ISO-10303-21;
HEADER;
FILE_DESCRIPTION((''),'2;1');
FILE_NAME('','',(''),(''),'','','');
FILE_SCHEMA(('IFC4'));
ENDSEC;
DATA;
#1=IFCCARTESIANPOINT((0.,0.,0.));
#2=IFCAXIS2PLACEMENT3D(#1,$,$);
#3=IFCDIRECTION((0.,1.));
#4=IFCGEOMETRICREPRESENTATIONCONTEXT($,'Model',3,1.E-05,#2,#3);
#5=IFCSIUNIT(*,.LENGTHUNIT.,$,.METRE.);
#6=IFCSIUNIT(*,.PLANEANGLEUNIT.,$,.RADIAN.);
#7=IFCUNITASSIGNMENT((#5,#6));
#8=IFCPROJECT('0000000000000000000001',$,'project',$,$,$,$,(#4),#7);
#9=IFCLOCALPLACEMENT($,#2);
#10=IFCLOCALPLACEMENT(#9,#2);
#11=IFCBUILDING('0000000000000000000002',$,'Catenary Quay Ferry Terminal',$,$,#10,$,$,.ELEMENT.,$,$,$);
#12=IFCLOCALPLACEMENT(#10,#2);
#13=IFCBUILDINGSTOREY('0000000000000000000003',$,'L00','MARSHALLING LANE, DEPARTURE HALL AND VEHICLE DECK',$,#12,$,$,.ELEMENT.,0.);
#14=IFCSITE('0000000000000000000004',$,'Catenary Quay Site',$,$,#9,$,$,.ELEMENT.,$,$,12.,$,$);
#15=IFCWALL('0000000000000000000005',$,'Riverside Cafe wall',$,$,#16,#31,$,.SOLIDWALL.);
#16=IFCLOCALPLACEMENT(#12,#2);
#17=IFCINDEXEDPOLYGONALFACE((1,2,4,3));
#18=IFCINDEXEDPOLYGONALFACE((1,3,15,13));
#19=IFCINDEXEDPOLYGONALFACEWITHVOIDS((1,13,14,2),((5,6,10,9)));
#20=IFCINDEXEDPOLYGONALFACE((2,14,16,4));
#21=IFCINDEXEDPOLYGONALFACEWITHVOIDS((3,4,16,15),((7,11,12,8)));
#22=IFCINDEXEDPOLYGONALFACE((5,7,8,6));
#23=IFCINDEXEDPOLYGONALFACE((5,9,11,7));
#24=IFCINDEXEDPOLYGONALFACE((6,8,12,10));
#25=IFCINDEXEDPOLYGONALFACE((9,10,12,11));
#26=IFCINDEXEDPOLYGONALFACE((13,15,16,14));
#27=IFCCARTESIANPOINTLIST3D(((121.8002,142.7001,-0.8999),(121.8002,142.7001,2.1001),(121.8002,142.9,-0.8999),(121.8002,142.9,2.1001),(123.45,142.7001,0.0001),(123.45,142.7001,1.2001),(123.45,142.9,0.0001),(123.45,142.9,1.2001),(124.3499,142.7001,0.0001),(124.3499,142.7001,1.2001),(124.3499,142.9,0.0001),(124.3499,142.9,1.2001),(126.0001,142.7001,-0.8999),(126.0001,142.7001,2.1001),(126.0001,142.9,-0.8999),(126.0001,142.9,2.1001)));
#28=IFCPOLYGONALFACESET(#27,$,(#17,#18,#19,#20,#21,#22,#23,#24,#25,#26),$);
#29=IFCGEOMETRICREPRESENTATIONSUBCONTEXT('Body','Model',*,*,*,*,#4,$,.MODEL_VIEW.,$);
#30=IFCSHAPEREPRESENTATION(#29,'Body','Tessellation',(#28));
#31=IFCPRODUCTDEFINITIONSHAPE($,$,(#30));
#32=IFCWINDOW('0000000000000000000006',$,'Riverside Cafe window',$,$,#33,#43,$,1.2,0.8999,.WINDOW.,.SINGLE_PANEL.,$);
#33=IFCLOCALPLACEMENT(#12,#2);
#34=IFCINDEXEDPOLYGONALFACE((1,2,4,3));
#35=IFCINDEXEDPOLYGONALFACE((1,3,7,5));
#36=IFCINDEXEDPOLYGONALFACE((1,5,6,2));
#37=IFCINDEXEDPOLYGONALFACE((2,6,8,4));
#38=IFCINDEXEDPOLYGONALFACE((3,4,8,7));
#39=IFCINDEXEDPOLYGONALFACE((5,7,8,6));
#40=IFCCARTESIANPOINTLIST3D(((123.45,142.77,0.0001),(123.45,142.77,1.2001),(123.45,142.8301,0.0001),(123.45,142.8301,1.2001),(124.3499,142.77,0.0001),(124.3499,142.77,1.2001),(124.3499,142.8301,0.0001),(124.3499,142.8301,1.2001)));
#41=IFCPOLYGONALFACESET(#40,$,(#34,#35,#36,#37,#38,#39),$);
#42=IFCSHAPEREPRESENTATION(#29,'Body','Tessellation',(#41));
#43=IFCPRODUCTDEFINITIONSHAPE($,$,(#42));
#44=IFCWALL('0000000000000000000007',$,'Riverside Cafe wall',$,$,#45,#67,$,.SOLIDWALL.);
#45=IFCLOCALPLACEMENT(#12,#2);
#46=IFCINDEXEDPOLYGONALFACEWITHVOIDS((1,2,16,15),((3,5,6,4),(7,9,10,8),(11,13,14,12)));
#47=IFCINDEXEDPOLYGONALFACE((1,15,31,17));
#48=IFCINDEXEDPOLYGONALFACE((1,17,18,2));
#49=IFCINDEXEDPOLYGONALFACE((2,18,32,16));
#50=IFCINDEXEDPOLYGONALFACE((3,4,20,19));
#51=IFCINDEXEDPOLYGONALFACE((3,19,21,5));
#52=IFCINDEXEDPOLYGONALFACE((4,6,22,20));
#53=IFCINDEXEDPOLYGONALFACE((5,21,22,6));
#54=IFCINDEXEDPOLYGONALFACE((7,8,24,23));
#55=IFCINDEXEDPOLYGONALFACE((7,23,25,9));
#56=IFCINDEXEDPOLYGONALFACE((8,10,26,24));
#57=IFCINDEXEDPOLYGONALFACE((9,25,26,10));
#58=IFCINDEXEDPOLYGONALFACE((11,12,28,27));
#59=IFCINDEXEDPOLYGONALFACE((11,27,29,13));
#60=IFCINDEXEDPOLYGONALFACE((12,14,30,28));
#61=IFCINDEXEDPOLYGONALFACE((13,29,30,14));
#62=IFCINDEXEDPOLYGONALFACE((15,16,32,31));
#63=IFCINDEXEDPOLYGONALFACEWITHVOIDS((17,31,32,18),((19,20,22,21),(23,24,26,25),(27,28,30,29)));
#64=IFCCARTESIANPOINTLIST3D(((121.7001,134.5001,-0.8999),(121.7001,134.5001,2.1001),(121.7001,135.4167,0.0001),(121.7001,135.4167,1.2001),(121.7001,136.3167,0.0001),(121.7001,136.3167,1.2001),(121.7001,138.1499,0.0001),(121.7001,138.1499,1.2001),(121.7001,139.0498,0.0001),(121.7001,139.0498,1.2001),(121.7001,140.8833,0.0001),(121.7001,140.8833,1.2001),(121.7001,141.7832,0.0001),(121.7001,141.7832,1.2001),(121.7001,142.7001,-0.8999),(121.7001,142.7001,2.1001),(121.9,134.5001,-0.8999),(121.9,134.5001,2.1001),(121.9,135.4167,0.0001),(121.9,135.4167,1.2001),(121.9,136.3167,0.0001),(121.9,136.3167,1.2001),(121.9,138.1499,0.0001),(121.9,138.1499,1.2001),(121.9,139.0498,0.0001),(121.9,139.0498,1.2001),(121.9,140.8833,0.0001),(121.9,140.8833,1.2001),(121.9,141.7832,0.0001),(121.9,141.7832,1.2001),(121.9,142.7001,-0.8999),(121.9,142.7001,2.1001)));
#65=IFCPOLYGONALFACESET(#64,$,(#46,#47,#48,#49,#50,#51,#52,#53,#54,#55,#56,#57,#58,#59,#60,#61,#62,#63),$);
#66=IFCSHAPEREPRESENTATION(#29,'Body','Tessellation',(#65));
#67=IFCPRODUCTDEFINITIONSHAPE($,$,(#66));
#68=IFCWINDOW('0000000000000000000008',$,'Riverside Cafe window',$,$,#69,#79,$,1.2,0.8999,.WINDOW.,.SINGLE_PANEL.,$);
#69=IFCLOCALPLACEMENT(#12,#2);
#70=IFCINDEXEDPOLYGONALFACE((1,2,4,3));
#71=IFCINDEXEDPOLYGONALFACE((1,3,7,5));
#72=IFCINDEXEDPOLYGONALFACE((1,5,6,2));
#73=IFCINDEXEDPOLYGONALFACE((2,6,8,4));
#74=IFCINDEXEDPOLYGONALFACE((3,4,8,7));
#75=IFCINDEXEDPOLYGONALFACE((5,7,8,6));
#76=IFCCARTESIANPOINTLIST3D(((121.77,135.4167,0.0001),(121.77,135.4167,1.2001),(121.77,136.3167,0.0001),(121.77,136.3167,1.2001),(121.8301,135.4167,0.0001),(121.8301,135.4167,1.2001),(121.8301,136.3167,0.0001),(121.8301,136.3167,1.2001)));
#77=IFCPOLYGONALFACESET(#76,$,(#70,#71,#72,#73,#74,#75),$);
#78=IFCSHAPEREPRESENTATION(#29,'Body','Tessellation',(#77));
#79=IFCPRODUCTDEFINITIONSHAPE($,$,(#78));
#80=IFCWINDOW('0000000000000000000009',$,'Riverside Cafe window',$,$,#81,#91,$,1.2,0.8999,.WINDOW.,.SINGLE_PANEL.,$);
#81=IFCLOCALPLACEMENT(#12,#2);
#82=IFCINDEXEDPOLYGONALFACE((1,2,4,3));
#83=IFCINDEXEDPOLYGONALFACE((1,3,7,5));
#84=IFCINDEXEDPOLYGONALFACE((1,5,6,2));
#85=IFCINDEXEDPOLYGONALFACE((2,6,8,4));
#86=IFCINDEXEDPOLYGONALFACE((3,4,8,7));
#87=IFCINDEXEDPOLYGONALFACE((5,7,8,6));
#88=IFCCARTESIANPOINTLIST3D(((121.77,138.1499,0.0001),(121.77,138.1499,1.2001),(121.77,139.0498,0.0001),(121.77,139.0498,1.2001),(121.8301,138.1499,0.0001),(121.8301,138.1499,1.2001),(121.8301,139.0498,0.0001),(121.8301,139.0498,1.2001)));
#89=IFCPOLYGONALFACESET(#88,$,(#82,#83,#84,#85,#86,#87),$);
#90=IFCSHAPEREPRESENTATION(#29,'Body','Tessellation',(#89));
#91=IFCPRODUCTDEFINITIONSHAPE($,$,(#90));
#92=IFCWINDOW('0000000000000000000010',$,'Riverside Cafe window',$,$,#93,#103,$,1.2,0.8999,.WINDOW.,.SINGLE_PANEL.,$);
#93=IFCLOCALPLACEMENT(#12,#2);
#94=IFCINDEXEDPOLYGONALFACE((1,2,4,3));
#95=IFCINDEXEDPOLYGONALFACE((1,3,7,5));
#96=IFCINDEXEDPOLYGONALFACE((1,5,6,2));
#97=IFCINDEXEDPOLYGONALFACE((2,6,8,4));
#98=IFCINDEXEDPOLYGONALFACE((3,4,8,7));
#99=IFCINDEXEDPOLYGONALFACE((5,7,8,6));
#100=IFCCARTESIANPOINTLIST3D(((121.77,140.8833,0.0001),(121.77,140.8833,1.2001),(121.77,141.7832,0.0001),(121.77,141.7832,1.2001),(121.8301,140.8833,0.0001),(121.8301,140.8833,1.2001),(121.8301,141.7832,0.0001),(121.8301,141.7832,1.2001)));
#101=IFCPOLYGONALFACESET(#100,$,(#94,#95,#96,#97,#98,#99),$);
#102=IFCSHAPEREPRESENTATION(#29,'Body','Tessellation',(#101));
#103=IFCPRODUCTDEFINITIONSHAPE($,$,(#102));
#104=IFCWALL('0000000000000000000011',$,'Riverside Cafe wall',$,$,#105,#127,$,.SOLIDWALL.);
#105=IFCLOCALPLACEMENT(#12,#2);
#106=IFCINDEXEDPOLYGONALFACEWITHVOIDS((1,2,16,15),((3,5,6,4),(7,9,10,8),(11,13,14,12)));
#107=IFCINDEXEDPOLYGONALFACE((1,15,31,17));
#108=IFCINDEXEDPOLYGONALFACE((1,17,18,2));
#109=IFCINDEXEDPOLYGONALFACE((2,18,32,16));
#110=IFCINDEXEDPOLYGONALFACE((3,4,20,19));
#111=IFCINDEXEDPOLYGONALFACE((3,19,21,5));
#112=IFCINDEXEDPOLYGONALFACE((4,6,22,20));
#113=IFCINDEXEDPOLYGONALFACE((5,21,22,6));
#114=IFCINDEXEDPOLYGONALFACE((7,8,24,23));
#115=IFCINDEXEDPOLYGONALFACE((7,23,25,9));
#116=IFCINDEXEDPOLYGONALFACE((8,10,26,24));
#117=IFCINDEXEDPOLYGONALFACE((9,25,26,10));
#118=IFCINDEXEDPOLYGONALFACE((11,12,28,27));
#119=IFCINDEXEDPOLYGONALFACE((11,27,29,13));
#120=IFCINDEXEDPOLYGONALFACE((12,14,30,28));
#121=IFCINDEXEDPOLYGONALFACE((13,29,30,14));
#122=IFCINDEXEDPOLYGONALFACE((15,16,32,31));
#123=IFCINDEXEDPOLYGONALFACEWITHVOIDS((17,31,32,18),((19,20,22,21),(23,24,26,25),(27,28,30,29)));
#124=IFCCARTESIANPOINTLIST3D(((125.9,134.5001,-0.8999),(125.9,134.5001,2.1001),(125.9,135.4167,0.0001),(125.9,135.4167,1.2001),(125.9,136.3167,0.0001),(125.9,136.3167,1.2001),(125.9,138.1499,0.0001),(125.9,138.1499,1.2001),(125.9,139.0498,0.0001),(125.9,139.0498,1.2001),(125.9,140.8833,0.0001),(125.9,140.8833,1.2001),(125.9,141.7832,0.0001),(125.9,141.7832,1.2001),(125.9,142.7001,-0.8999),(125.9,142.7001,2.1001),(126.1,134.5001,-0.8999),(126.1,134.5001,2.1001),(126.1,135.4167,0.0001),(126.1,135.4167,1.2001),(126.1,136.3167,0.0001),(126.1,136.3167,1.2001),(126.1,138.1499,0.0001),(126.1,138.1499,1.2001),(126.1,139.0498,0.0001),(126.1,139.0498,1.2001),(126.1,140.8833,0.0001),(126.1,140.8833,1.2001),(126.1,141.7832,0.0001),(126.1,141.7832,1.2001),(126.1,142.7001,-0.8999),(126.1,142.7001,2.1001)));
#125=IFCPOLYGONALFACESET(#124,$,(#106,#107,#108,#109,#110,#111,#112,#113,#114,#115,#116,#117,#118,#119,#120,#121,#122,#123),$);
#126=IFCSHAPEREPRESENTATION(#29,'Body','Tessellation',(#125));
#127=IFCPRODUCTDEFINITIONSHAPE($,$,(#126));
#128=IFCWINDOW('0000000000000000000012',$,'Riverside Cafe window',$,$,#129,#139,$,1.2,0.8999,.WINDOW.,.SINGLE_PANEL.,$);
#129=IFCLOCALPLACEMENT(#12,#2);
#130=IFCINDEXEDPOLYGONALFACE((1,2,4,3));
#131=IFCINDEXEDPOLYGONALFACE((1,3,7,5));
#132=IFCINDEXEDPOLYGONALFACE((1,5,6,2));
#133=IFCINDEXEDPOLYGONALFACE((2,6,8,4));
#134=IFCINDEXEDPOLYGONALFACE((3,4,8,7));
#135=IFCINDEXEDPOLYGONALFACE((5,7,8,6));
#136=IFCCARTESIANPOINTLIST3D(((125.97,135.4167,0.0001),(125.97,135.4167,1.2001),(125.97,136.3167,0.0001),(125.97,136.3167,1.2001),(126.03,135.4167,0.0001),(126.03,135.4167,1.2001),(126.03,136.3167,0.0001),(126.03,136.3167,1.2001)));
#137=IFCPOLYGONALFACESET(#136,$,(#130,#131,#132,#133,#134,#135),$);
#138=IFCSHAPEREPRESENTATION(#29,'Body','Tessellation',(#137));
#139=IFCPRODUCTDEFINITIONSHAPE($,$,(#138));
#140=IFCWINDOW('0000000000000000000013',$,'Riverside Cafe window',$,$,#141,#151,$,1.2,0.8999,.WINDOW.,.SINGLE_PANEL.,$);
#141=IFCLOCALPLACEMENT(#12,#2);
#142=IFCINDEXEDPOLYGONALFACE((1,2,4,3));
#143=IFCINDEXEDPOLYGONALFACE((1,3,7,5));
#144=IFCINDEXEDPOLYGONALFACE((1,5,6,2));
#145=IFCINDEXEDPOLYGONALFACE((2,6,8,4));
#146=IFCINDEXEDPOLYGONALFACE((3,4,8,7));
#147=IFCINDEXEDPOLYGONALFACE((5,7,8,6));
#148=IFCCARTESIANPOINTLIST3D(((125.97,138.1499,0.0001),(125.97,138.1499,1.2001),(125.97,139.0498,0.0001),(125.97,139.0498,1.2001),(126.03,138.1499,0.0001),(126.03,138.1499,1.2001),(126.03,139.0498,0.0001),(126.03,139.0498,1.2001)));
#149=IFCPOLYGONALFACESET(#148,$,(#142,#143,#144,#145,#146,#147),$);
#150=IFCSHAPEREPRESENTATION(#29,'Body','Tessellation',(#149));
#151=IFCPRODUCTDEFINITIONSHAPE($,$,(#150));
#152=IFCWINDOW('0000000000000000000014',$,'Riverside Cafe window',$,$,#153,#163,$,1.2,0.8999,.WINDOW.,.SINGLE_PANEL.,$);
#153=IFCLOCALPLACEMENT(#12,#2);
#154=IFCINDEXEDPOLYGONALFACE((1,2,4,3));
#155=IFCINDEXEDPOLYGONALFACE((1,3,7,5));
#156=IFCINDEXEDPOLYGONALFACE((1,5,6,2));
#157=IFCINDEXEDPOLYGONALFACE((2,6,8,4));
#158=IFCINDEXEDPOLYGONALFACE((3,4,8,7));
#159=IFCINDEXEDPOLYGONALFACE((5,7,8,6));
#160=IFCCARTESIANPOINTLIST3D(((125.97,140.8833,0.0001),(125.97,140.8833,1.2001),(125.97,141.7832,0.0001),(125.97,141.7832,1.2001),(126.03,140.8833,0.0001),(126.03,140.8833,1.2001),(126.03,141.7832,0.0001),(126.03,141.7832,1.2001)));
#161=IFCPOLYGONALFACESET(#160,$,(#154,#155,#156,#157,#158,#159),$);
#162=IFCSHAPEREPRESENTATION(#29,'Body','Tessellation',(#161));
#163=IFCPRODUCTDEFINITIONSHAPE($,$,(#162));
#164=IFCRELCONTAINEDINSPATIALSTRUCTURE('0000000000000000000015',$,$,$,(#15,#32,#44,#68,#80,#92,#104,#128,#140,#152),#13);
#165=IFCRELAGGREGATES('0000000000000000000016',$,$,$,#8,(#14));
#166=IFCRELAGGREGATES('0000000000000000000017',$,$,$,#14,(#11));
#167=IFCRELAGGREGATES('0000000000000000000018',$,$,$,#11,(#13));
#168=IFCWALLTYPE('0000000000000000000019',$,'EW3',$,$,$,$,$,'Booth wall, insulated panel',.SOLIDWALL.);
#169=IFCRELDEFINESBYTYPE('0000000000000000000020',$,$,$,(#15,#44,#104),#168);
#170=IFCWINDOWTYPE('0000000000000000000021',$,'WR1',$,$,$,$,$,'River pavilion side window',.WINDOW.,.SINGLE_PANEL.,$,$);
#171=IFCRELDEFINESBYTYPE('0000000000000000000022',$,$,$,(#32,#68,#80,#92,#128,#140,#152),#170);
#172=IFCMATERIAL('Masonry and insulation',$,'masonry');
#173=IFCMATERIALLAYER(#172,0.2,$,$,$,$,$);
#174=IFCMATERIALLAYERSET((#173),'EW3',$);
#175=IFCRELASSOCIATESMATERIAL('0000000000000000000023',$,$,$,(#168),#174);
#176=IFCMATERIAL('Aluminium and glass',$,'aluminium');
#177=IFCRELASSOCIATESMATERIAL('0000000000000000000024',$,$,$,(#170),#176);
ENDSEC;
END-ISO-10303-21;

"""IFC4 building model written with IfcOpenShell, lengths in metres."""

from ifc_helpers import new_model, si_unit, direction, frame, frame_2d, origin, place, context, subcontext, project, spatial, rectangle, extrude, material, layer, layer_set, type_object, element, fill, save


model = new_model("IFC4")

# Units and contexts
model_context = context("Model", 3, precision=1e-05, world=origin(), true_north=direction((0.0, 1.0)))
body_context = subcontext(model_context, "Body", "Model", "MODEL_VIEW")
ifc_project = project(units=[si_unit("LENGTHUNIT", "METRE"), si_unit("PLANEANGLEUNIT", "RADIAN")], contexts=[model_context])

# Site, building, storey
site_placement = place(None, origin())
site = spatial("IfcSite", under=ifc_project, at=site_placement, Name="Catenary Quay Site", CompositionType="ELEMENT", RefElevation=12.0)
building_placement = place(site_placement, origin())
building = spatial("IfcBuilding", under=site, at=building_placement, Name="Catenary Quay Ferry Terminal", CompositionType="ELEMENT")
storey_placement = place(building_placement, origin())
storey = spatial("IfcBuildingStorey", under=building, at=storey_placement, Name="L00", Description="MARSHALLING LANE, DEPARTURE HALL AND VEHICLE DECK", CompositionType="ELEMENT", Elevation=0.0)

# Wall, opening, window
ifc_material_1 = material(Name="Masonry and insulation", Category="masonry")
ifc_layer_1 = layer(ifc_material_1, 0.2)
ifc_layer_set_1 = layer_set([ifc_layer_1], Name="EW3")
wall_type = type_object("IfcWallType", Name="EW3", ElementType="Booth wall, insulated panel", PredefinedType="SOLIDWALL", material=ifc_layer_set_1)
wall_1_placement = place(storey_placement, frame((121.8, 142.8, -0.8999), z_axis=(0.0, 0.0, 1.0), x_axis=(1.0, 0.0, 0.0)))
wall_1 = element("IfcWall", 1, at=wall_1_placement, inside=storey, type_object=wall_type, Name="Riverside Cafe wall", PredefinedType="SOLIDWALL", context=body_context, shape_type="SweptSolid", body=[
    extrude(rectangle(XDim=4.2, YDim=0.2, at=frame_2d((2.1001, 0.0))), origin(), (0.0, 0.0, 1.0), 3.0),
])
opening_1_placement = place(wall_1_placement, frame((1.6499, 0.0, 0.8999)))
opening_1 = element("IfcOpeningElement", 2, at=opening_1_placement, cuts=wall_1, PredefinedType="OPENING", context=body_context, shape_type="SweptSolid", body=[
    extrude(rectangle(XDim=0.8999, YDim=1.2, at=frame_2d((0.45, 0.6001))), frame((0.0, 0.1099, 0.0), z_axis=(0.0, -1.0, 0.0), x_axis=(1.0, 0.0, 0.0)), (0.0, 0.0, 1.0), 0.22),
])
ifc_material_2 = material(Name="Aluminium and glass", Category="aluminium")
window_type = type_object("IfcWindowType", Name="WR1", ElementType="River pavilion side window", PartitioningType="SINGLE_PANEL", PredefinedType="WINDOW", material=ifc_material_2)
window_1_placement = place(opening_1_placement, origin())
window_1 = element("IfcWindow", 3, at=window_1_placement, inside=storey, type_object=window_type, Name="Riverside Cafe window", OverallHeight=1.2, OverallWidth=0.8999, PartitioningType="SINGLE_PANEL", PredefinedType="WINDOW", context=body_context, shape_type="SweptSolid", body=[
    extrude(rectangle(XDim=0.8999, YDim=1.2, at=frame_2d((0.45, 0.6001))), frame((0.0, 0.03, 0.0), z_axis=(0.0, -1.0, 0.0), x_axis=(1.0, 0.0, 0.0)), (0.0, 0.0, 1.0), 0.0601),
])
fill(opening_1, window_1)

# Walls, openings, windows
wall_2_placement = place(storey_placement, frame((121.8, 134.5, -0.8999), z_axis=(0.0, 0.0, 1.0), x_axis=(0.0, 1.0, 0.0)))
wall_2 = element("IfcWall", 4, at=wall_2_placement, inside=storey, type_object=wall_type, Name="Riverside Cafe wall", PredefinedType="SOLIDWALL", context=body_context, shape_type="SweptSolid", body=[
    extrude(rectangle(XDim=8.2, YDim=0.2, at=frame_2d((4.1001, 0.0))), origin(), (0.0, 0.0, 1.0), 3.0),
])
opening_2_placement = place(wall_2_placement, frame((0.9167, 0.0, 0.8999)))
opening_2 = element("IfcOpeningElement", 5, at=opening_2_placement, cuts=wall_2, PredefinedType="OPENING", context=body_context, shape_type="SweptSolid", body=[
    extrude(rectangle(XDim=0.8999, YDim=1.2, at=frame_2d((0.45, 0.6001))), frame((0.0, 0.1099, 0.0), z_axis=(0.0, -1.0, 0.0), x_axis=(1.0, 0.0, 0.0)), (0.0, 0.0, 1.0), 0.22),
])
opening_3_placement = place(wall_2_placement, frame((3.6499, 0.0, 0.8999)))
opening_3 = element("IfcOpeningElement", 6, at=opening_3_placement, cuts=wall_2, PredefinedType="OPENING", context=body_context, shape_type="SweptSolid", body=[
    extrude(rectangle(XDim=0.8999, YDim=1.2, at=frame_2d((0.45, 0.6001))), frame((0.0, 0.1099, 0.0), z_axis=(0.0, -1.0, 0.0), x_axis=(1.0, 0.0, 0.0)), (0.0, 0.0, 1.0), 0.22),
])
opening_4_placement = place(wall_2_placement, frame((6.3833, 0.0, 0.8999)))
opening_4 = element("IfcOpeningElement", 7, at=opening_4_placement, cuts=wall_2, PredefinedType="OPENING", context=body_context, shape_type="SweptSolid", body=[
    extrude(rectangle(XDim=0.8999, YDim=1.2, at=frame_2d((0.45, 0.6001))), frame((0.0, 0.1099, 0.0), z_axis=(0.0, -1.0, 0.0), x_axis=(1.0, 0.0, 0.0)), (0.0, 0.0, 1.0), 0.22),
])
window_2_placement = place(opening_2_placement, origin())
window_2 = element("IfcWindow", 8, at=window_2_placement, inside=storey, type_object=window_type, Name="Riverside Cafe window", OverallHeight=1.2, OverallWidth=0.8999, PartitioningType="SINGLE_PANEL", PredefinedType="WINDOW", context=body_context, shape_type="SweptSolid", body=[
    extrude(rectangle(XDim=0.8999, YDim=1.2, at=frame_2d((0.45, 0.6001))), frame((0.0, 0.03, 0.0), z_axis=(0.0, -1.0, 0.0), x_axis=(1.0, 0.0, 0.0)), (0.0, 0.0, 1.0), 0.0601),
])
fill(opening_2, window_2)
window_3_placement = place(opening_3_placement, origin())
window_3 = element("IfcWindow", 9, at=window_3_placement, inside=storey, type_object=window_type, Name="Riverside Cafe window", OverallHeight=1.2, OverallWidth=0.8999, PartitioningType="SINGLE_PANEL", PredefinedType="WINDOW", context=body_context, shape_type="SweptSolid", body=[
    extrude(rectangle(XDim=0.8999, YDim=1.2, at=frame_2d((0.45, 0.6001))), frame((0.0, 0.03, 0.0), z_axis=(0.0, -1.0, 0.0), x_axis=(1.0, 0.0, 0.0)), (0.0, 0.0, 1.0), 0.0601),
])
fill(opening_3, window_3)
window_4_placement = place(opening_4_placement, origin())
window_4 = element("IfcWindow", 10, at=window_4_placement, inside=storey, type_object=window_type, Name="Riverside Cafe window", OverallHeight=1.2, OverallWidth=0.8999, PartitioningType="SINGLE_PANEL", PredefinedType="WINDOW", context=body_context, shape_type="SweptSolid", body=[
    extrude(rectangle(XDim=0.8999, YDim=1.2, at=frame_2d((0.45, 0.6001))), frame((0.0, 0.03, 0.0), z_axis=(0.0, -1.0, 0.0), x_axis=(1.0, 0.0, 0.0)), (0.0, 0.0, 1.0), 0.0601),
])
fill(opening_4, window_4)
wall_3_placement = place(storey_placement, frame((126.0, 134.5, -0.8999), z_axis=(0.0, 0.0, 1.0), x_axis=(0.0, 1.0, 0.0)))
wall_3 = element("IfcWall", 11, at=wall_3_placement, inside=storey, type_object=wall_type, Name="Riverside Cafe wall", PredefinedType="SOLIDWALL", context=body_context, shape_type="SweptSolid", body=[
    extrude(rectangle(XDim=8.2, YDim=0.2, at=frame_2d((4.1001, 0.0))), origin(), (0.0, 0.0, 1.0), 3.0),
])
opening_5_placement = place(wall_3_placement, frame((0.9167, 0.0, 0.8999)))
opening_5 = element("IfcOpeningElement", 12, at=opening_5_placement, cuts=wall_3, PredefinedType="OPENING", context=body_context, shape_type="SweptSolid", body=[
    extrude(rectangle(XDim=0.8999, YDim=1.2, at=frame_2d((0.45, 0.6001))), frame((0.0, 0.1099, 0.0), z_axis=(0.0, -1.0, 0.0), x_axis=(1.0, 0.0, 0.0)), (0.0, 0.0, 1.0), 0.22),
])
opening_6_placement = place(wall_3_placement, frame((3.6499, 0.0, 0.8999)))
opening_6 = element("IfcOpeningElement", 13, at=opening_6_placement, cuts=wall_3, PredefinedType="OPENING", context=body_context, shape_type="SweptSolid", body=[
    extrude(rectangle(XDim=0.8999, YDim=1.2, at=frame_2d((0.45, 0.6001))), frame((0.0, 0.1099, 0.0), z_axis=(0.0, -1.0, 0.0), x_axis=(1.0, 0.0, 0.0)), (0.0, 0.0, 1.0), 0.22),
])
opening_7_placement = place(wall_3_placement, frame((6.3833, 0.0, 0.8999)))
opening_7 = element("IfcOpeningElement", 14, at=opening_7_placement, cuts=wall_3, PredefinedType="OPENING", context=body_context, shape_type="SweptSolid", body=[
    extrude(rectangle(XDim=0.8999, YDim=1.2, at=frame_2d((0.45, 0.6001))), frame((0.0, 0.1099, 0.0), z_axis=(0.0, -1.0, 0.0), x_axis=(1.0, 0.0, 0.0)), (0.0, 0.0, 1.0), 0.22),
])
window_5_placement = place(opening_5_placement, origin())
window_5 = element("IfcWindow", 15, at=window_5_placement, inside=storey, type_object=window_type, Name="Riverside Cafe window", OverallHeight=1.2, OverallWidth=0.8999, PartitioningType="SINGLE_PANEL", PredefinedType="WINDOW", context=body_context, shape_type="SweptSolid", body=[
    extrude(rectangle(XDim=0.8999, YDim=1.2, at=frame_2d((0.45, 0.6001))), frame((0.0, 0.03, 0.0), z_axis=(0.0, -1.0, 0.0), x_axis=(1.0, 0.0, 0.0)), (0.0, 0.0, 1.0), 0.0601),
])
fill(opening_5, window_5)
window_6_placement = place(opening_6_placement, origin())
window_6 = element("IfcWindow", 16, at=window_6_placement, inside=storey, type_object=window_type, Name="Riverside Cafe window", OverallHeight=1.2, OverallWidth=0.8999, PartitioningType="SINGLE_PANEL", PredefinedType="WINDOW", context=body_context, shape_type="SweptSolid", body=[
    extrude(rectangle(XDim=0.8999, YDim=1.2, at=frame_2d((0.45, 0.6001))), frame((0.0, 0.03, 0.0), z_axis=(0.0, -1.0, 0.0), x_axis=(1.0, 0.0, 0.0)), (0.0, 0.0, 1.0), 0.0601),
])
fill(opening_6, window_6)
window_7_placement = place(opening_7_placement, origin())
window_7 = element("IfcWindow", 17, at=window_7_placement, inside=storey, type_object=window_type, Name="Riverside Cafe window", OverallHeight=1.2, OverallWidth=0.8999, PartitioningType="SINGLE_PANEL", PredefinedType="WINDOW", context=body_context, shape_type="SweptSolid", body=[
    extrude(rectangle(XDim=0.8999, YDim=1.2, at=frame_2d((0.45, 0.6001))), frame((0.0, 0.03, 0.0), z_axis=(0.0, -1.0, 0.0), x_axis=(1.0, 0.0, 0.0)), (0.0, 0.0, 1.0), 0.0601),
])
fill(opening_7, window_7)

save(model, "model.ifc")
